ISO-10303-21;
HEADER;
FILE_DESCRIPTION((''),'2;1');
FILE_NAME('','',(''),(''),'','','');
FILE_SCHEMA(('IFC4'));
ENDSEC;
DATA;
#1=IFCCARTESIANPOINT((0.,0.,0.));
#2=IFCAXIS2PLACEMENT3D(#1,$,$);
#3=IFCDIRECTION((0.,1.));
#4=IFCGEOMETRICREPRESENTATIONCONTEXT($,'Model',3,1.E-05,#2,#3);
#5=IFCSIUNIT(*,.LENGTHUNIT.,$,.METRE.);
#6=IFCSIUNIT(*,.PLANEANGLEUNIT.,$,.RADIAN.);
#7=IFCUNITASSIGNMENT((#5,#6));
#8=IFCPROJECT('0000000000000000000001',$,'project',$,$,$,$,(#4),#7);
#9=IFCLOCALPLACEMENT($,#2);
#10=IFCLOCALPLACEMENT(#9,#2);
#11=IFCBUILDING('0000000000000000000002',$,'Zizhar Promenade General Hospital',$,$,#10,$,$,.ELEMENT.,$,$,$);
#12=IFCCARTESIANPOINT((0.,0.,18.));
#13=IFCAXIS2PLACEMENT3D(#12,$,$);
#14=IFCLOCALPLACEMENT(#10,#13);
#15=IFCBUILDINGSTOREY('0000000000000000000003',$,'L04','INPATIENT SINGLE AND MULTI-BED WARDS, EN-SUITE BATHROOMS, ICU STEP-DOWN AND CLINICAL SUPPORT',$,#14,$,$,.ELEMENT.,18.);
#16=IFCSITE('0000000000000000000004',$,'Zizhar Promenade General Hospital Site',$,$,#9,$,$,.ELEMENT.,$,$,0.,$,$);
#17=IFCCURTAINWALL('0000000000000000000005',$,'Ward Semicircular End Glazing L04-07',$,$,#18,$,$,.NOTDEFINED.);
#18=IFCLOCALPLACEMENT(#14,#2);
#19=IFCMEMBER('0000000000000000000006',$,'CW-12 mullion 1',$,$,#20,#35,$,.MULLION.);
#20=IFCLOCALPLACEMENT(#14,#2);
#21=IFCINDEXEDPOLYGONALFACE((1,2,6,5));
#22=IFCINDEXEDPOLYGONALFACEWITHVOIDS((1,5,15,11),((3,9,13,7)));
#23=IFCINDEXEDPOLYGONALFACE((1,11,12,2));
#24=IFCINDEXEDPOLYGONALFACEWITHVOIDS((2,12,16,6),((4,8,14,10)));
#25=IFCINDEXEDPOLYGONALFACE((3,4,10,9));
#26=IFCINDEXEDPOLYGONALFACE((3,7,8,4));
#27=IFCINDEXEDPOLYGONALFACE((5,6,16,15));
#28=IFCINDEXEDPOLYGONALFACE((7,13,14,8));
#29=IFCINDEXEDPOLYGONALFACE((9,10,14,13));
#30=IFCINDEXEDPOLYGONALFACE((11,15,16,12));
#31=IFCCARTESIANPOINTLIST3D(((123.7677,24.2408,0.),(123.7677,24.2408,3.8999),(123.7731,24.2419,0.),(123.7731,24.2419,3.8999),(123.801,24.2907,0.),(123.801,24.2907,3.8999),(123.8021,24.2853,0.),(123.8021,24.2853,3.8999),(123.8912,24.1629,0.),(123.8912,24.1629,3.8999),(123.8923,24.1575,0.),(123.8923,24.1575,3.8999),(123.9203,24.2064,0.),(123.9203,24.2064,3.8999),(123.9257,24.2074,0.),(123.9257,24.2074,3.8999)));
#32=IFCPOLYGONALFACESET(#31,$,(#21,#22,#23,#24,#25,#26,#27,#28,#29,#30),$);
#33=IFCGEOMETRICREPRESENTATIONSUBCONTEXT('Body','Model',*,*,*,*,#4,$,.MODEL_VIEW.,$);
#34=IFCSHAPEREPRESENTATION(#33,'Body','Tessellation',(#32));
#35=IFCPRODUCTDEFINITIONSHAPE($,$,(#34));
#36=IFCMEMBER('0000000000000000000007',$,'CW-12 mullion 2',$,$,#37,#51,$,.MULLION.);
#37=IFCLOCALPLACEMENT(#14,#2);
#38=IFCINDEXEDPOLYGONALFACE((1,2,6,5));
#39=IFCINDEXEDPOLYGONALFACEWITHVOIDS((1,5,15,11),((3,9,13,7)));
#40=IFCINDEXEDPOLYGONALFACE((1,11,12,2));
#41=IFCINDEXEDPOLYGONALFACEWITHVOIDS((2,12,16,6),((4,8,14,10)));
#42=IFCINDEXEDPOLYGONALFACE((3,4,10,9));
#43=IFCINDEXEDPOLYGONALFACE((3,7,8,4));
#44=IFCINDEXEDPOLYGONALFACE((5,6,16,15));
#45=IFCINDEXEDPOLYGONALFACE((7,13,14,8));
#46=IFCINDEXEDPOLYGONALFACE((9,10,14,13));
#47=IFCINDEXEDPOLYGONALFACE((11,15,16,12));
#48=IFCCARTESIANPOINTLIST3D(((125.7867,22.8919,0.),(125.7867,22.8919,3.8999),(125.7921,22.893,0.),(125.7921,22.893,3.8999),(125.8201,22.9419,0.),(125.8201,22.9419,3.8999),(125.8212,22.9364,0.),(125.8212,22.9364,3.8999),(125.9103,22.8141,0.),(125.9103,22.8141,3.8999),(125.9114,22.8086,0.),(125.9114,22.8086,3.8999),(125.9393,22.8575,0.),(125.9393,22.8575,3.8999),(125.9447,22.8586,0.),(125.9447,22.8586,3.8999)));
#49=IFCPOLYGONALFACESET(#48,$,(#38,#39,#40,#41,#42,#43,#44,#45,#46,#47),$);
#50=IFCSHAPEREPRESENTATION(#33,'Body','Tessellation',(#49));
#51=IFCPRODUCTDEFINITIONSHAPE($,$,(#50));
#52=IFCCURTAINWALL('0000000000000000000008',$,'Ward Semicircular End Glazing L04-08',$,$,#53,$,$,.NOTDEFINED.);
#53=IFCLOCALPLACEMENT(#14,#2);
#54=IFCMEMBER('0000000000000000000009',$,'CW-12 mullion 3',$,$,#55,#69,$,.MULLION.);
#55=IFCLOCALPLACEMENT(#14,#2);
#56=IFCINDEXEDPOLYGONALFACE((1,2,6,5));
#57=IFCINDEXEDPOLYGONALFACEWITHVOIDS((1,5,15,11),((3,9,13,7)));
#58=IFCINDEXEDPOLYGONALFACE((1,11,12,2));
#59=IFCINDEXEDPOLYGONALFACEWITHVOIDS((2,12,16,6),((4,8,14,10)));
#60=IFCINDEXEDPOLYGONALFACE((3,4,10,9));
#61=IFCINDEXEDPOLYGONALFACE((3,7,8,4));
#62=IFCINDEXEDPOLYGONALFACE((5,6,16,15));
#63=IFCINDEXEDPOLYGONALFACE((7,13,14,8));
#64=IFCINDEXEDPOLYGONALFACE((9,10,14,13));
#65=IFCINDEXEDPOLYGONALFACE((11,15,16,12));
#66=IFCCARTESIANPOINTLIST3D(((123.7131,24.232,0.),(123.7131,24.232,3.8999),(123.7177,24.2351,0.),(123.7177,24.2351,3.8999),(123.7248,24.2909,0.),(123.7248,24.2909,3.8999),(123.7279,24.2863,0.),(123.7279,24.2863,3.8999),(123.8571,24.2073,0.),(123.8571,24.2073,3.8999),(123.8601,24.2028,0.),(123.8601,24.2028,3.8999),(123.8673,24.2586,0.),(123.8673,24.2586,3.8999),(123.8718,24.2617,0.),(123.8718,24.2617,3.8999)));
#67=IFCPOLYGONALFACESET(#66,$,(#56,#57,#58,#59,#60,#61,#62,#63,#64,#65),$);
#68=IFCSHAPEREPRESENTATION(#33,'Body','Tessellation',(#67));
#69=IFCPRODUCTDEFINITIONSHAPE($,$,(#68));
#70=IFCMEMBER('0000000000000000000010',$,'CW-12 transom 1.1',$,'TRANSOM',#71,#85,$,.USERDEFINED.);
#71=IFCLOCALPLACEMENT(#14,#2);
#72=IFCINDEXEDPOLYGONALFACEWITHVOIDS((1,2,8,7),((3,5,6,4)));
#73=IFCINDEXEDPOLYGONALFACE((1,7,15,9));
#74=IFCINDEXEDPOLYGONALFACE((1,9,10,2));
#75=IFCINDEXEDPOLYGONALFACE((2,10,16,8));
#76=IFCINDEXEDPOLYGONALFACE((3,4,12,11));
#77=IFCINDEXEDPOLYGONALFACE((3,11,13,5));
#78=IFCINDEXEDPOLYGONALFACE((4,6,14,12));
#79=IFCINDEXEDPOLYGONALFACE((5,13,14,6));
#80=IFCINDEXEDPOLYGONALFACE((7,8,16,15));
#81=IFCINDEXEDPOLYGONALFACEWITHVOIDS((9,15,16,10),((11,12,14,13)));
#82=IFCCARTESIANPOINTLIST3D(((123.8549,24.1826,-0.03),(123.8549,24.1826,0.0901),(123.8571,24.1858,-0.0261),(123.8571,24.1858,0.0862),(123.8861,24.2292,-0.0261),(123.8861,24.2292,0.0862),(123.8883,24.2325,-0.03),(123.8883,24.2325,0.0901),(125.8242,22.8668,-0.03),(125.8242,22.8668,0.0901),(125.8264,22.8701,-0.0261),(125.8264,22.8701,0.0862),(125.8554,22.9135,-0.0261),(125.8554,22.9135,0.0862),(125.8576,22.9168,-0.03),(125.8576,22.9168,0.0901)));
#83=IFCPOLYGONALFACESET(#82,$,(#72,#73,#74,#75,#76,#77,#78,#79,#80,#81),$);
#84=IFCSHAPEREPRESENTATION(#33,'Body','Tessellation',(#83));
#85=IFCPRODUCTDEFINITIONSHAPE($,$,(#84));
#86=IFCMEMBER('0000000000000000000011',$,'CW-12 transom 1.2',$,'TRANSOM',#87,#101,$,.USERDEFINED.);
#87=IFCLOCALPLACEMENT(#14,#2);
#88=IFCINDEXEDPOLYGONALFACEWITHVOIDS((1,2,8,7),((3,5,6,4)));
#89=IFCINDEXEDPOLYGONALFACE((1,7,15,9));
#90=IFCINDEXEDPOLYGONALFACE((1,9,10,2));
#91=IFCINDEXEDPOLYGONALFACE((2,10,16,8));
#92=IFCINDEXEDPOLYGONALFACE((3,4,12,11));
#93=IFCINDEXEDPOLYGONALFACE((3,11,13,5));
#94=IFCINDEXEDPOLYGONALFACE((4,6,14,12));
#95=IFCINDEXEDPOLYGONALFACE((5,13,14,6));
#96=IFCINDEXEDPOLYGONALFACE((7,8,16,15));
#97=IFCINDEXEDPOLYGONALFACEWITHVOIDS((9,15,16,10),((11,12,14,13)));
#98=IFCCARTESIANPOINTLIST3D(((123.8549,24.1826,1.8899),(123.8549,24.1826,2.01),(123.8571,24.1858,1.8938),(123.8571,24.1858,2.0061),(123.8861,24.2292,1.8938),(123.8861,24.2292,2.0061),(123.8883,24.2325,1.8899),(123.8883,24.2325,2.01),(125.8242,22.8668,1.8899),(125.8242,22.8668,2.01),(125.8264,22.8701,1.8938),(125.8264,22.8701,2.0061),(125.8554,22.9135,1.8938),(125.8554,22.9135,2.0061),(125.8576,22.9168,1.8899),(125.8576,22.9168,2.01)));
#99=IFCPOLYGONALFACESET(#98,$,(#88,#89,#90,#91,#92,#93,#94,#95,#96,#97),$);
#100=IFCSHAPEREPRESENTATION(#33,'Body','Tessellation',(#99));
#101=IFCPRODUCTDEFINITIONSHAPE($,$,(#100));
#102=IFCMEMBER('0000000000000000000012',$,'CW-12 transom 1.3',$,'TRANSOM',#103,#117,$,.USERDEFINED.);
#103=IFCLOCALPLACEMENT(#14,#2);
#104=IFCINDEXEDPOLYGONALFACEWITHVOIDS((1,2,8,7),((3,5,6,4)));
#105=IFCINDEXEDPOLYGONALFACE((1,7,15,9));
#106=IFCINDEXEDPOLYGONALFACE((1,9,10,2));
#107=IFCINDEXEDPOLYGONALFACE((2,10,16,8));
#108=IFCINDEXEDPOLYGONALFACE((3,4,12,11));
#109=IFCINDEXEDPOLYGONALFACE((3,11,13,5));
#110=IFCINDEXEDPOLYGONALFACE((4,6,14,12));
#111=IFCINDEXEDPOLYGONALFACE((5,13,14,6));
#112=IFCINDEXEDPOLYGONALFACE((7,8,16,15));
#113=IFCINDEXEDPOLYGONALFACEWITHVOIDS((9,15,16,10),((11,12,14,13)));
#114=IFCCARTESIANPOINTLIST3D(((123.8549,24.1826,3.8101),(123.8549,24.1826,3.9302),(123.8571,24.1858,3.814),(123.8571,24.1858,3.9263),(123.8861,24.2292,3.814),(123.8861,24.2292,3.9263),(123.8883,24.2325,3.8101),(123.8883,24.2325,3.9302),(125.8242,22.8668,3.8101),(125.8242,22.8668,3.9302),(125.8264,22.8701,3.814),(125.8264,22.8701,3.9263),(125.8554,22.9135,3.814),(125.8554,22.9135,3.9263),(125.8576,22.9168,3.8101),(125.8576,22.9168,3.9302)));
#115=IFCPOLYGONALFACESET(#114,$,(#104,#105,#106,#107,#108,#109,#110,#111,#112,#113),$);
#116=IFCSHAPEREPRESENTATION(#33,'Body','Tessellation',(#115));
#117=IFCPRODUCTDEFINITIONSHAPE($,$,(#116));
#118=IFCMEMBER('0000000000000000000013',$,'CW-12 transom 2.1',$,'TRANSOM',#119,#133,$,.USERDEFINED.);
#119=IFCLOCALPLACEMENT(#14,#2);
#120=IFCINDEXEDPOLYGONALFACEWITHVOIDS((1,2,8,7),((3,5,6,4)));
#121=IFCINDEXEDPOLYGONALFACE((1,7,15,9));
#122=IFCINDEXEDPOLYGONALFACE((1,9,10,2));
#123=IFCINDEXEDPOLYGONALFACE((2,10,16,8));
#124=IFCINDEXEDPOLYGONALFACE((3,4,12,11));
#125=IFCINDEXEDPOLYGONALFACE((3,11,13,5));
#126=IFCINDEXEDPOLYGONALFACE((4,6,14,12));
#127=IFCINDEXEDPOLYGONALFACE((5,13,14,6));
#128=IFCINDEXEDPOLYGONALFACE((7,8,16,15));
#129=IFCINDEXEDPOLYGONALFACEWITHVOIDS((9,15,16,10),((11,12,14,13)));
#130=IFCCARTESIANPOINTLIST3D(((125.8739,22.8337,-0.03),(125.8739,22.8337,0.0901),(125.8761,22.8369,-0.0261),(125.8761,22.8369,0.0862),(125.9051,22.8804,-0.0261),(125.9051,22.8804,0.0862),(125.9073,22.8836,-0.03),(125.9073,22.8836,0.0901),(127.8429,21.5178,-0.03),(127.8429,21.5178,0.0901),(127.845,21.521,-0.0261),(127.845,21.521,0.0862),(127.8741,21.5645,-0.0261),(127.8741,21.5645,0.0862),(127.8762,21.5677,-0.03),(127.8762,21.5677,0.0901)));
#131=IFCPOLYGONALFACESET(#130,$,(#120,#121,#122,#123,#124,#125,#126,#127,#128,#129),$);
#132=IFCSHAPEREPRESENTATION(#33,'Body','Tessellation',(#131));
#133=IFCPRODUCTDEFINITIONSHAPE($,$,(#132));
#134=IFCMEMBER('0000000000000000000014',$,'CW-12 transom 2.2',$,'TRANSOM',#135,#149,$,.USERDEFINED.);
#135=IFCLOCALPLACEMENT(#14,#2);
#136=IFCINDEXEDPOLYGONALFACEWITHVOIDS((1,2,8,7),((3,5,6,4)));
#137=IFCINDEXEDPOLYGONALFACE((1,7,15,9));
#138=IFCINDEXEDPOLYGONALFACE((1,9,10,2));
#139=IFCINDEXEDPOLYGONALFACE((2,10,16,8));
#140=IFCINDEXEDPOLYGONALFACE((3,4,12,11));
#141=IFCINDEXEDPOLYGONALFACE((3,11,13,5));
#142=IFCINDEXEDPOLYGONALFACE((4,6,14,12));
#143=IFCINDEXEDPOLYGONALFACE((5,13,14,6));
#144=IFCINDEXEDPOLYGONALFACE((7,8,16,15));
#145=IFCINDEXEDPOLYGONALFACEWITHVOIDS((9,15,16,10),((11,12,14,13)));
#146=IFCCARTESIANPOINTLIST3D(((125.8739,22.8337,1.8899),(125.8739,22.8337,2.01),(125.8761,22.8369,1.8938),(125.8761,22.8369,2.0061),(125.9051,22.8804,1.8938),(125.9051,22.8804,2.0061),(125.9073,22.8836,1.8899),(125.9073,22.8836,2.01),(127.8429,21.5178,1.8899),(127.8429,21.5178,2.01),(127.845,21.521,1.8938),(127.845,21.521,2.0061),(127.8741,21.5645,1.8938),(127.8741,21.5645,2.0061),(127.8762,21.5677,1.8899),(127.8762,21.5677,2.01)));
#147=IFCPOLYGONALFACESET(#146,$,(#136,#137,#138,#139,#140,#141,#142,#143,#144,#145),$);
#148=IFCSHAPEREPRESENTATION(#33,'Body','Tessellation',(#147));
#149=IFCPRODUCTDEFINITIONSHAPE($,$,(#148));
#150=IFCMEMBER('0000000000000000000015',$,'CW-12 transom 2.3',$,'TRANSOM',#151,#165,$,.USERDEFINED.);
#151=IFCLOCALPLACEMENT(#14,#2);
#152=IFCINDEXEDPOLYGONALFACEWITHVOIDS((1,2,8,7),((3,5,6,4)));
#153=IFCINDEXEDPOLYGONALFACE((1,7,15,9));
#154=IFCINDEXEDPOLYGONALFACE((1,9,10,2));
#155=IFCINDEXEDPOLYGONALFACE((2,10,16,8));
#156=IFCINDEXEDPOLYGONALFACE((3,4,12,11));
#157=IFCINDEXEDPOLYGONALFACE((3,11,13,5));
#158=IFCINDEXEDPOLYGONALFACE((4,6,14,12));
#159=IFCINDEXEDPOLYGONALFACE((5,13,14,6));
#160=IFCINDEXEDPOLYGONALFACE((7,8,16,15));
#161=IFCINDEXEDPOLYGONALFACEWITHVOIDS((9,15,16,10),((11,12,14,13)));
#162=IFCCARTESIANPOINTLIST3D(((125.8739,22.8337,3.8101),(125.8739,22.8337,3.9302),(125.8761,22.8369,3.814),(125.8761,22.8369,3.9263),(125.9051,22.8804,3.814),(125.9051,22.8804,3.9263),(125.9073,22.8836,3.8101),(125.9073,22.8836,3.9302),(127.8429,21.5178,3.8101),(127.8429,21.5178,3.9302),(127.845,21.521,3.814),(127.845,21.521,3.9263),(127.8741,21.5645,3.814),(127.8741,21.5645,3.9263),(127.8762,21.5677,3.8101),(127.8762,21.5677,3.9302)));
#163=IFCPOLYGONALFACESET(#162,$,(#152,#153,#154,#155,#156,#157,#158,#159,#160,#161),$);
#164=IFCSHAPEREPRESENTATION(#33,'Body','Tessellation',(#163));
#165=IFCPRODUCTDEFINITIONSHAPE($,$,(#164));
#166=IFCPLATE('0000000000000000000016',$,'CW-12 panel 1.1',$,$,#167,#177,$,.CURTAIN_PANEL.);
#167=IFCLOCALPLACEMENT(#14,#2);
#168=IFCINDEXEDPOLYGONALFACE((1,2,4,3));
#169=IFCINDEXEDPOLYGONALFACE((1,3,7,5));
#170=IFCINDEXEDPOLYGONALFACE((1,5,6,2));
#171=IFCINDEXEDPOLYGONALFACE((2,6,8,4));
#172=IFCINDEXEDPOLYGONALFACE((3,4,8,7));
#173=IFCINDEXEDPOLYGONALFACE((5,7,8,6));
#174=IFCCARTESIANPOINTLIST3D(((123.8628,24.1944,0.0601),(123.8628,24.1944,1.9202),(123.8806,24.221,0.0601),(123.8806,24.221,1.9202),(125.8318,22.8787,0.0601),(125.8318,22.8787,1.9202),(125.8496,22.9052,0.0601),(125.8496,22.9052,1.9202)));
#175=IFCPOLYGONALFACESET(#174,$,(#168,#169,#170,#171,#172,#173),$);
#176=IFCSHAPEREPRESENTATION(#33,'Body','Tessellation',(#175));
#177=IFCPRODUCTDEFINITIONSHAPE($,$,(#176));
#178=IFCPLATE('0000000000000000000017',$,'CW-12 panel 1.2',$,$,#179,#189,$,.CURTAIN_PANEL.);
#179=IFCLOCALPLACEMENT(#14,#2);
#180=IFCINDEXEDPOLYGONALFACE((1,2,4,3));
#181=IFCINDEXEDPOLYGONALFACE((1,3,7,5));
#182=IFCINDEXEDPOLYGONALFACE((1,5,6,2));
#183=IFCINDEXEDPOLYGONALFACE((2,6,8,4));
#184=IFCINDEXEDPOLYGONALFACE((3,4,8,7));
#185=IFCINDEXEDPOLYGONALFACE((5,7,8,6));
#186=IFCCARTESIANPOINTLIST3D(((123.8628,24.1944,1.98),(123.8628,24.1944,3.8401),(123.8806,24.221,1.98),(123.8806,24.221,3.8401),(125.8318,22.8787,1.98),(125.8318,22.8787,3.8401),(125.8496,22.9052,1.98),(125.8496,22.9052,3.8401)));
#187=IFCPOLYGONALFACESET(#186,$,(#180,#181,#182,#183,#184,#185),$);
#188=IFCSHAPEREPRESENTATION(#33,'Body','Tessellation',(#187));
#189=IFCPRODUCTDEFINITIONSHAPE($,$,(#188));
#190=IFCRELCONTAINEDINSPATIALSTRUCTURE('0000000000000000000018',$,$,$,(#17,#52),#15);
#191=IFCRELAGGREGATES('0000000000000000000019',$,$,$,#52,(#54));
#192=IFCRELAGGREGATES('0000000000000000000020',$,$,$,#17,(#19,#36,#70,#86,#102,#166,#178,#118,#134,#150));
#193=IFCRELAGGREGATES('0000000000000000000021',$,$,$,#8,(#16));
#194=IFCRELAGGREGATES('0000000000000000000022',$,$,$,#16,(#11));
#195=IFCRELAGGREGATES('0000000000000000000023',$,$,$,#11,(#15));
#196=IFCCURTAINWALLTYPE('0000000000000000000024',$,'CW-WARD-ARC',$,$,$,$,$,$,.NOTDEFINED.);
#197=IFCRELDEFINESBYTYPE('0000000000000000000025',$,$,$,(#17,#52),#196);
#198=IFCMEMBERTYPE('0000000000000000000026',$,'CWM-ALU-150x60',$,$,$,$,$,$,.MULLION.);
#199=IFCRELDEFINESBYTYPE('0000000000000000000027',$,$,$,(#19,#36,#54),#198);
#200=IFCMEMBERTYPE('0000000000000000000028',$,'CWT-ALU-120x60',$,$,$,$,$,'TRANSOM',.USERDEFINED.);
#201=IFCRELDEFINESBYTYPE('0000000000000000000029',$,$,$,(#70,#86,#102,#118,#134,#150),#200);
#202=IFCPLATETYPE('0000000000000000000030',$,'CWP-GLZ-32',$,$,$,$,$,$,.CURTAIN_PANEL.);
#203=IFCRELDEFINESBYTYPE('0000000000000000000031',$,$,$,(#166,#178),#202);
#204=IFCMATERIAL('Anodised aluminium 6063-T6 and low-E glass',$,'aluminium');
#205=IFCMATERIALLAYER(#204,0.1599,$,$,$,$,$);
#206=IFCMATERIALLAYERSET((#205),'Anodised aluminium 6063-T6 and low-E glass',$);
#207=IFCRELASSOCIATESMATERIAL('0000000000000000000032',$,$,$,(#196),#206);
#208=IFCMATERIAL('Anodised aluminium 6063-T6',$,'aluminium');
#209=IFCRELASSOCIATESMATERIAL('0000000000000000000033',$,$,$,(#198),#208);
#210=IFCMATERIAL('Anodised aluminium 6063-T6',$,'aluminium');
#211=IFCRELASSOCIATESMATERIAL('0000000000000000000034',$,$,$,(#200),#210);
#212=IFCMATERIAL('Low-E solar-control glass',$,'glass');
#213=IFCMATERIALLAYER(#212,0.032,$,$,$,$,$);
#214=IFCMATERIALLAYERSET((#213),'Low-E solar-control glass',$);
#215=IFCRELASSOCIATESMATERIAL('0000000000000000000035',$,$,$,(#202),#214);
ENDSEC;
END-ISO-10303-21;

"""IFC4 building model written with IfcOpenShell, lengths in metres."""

from ifc_helpers import new_model, si_unit, direction, frame, origin, origin_2d, place, context, subcontext, project, spatial, rectangle, hollow_rectangle, extrude, material, layer, layer_set, material_profile, profile_set, type_object, element, aggregate, save


model = new_model("IFC4")

# Units and contexts
model_context = context("Model", 3, precision=1e-05, world=origin(), true_north=direction((0.0, 1.0)))
body_context = subcontext(model_context, "Body", "Model", "MODEL_VIEW")
ifc_project = project(units=[si_unit("LENGTHUNIT", "METRE"), si_unit("PLANEANGLEUNIT", "RADIAN")], contexts=[model_context])

# Site, building, storey
site_placement = place(None, origin())
site = spatial("IfcSite", under=ifc_project, at=site_placement, Name="Zizhar Promenade General Hospital Site", CompositionType="ELEMENT", RefElevation=0.0)
building_placement = place(site_placement, origin())
building = spatial("IfcBuilding", under=site, at=building_placement, Name="Zizhar Promenade General Hospital", CompositionType="ELEMENT")
storey_placement = place(building_placement, frame((0.0, 0.0, 18.0)))
storey = spatial("IfcBuildingStorey", under=building, at=storey_placement, Name="L04", Description="INPATIENT SINGLE AND MULTI-BED WARDS, EN-SUITE BATHROOMS, ICU STEP-DOWN AND CLINICAL SUPPORT", CompositionType="ELEMENT", Elevation=18.0)

# Curtain wall, members
ifc_material_1 = material(Name="Anodised aluminium 6063-T6 and low-E glass", Category="aluminium")
ifc_layer_1 = layer(ifc_material_1, 0.1599)
ifc_layer_set_1 = layer_set([ifc_layer_1], Name="Anodised aluminium 6063-T6 and low-E glass")
curtain_wall_type = type_object("IfcCurtainWallType", Name="CW-WARD-ARC", PredefinedType="NOTDEFINED", material=ifc_layer_set_1)
curtain_wall_1_placement = place(storey_placement, origin())
curtain_wall_1 = element("IfcCurtainWall", 1, at=curtain_wall_1_placement, inside=storey, type_object=curtain_wall_type, Name="Ward Semicircular End Glazing L04-07", PredefinedType="NOTDEFINED")
ifc_material_2 = material(Name="Anodised aluminium 6063-T6", Category="aluminium")
ifc_material_profile_1 = material_profile(ifc_material_2, hollow_rectangle(XDim=0.0601, YDim=0.1499, WallThickness=0.0039, at=origin_2d()))
ifc_profile_set_1 = profile_set([ifc_material_profile_1], Name="Anodised aluminium 6063-T6")
member_type_1 = type_object("IfcMemberType", Name="CWM-ALU-150x60", PredefinedType="MULLION", material=ifc_profile_set_1)
member_1_placement = place(storey_placement, frame((123.8467, 24.2241, 0.0), z_axis=(0.0, 0.0, 1.0), x_axis=(0.555582, 0.831462, 0.0)))
member_1 = element("IfcMember", 2, at=member_1_placement, type_object=member_type_1, Name="CW-12 mullion 1", PredefinedType="MULLION", context=body_context, shape_type="SweptSolid", body=[
    extrude(hollow_rectangle(XDim=0.0601, YDim=0.1499, WallThickness=0.0039, at=origin_2d()), origin(), (0.0, 0.0, 1.0), 3.8999),
])
member_2_placement = place(storey_placement, frame((125.8657, 22.8752, 0.0), z_axis=(0.0, 0.0, 1.0), x_axis=(0.555582, 0.831462, 0.0)))
member_2 = element("IfcMember", 3, at=member_2_placement, type_object=member_type_1, Name="CW-12 mullion 2", PredefinedType="MULLION", context=body_context, shape_type="SweptSolid", body=[
    extrude(hollow_rectangle(XDim=0.0601, YDim=0.1499, WallThickness=0.0039, at=origin_2d()), origin(), (0.0, 0.0, 1.0), 3.8999),
])

# Curtain wall, member
curtain_wall_2_placement = place(storey_placement, origin())
curtain_wall_2 = element("IfcCurtainWall", 4, at=curtain_wall_2_placement, inside=storey, type_object=curtain_wall_type, Name="Ward Semicircular End Glazing L04-08", PredefinedType="NOTDEFINED")
member_3_placement = place(storey_placement, frame((123.7925, 24.2468, 0.0), z_axis=(0.0, 0.0, 1.0), x_axis=(0.195087, 0.980786, 0.0)))
member_3 = element("IfcMember", 5, at=member_3_placement, type_object=member_type_1, Name="CW-12 mullion 3", PredefinedType="MULLION", context=body_context, shape_type="SweptSolid", body=[
    extrude(hollow_rectangle(XDim=0.0601, YDim=0.1499, WallThickness=0.0039, at=origin_2d()), origin(), (0.0, 0.0, 1.0), 3.8999),
])
aggregate(curtain_wall_2, [member_3])

# Members
ifc_material_3 = material(Name="Anodised aluminium 6063-T6", Category="aluminium")
ifc_material_profile_2 = material_profile(ifc_material_3, hollow_rectangle(XDim=0.0601, YDim=0.1201, WallThickness=0.0039, at=origin_2d()))
ifc_profile_set_2 = profile_set([ifc_material_profile_2], Name="Anodised aluminium 6063-T6")
member_type_2 = type_object("IfcMemberType", Name="CWT-ALU-120x60", ElementType="TRANSOM", PredefinedType="USERDEFINED", material=ifc_profile_set_2)
member_4_placement = place(storey_placement, frame((123.8716, 24.2075, 0.03), z_axis=(0.831495, -0.555533, 0.0), x_axis=(0.555533, 0.831495, 0.0)))
member_4 = element("IfcMember", 6, at=member_4_placement, type_object=member_type_2, Name="CW-12 transom 1.1", ObjectType="TRANSOM", PredefinedType="USERDEFINED", context=body_context, shape_type="SweptSolid", body=[
    extrude(hollow_rectangle(XDim=0.0601, YDim=0.1201, WallThickness=0.0039, at=origin_2d()), origin(), (0.0, 0.0, 1.0), 2.3684),
])
member_5_placement = place(storey_placement, frame((123.8716, 24.2075, 1.95), z_axis=(0.831495, -0.555533, 0.0), x_axis=(0.555533, 0.831495, 0.0)))
member_5 = element("IfcMember", 7, at=member_5_placement, type_object=member_type_2, Name="CW-12 transom 1.2", ObjectType="TRANSOM", PredefinedType="USERDEFINED", context=body_context, shape_type="SweptSolid", body=[
    extrude(hollow_rectangle(XDim=0.0601, YDim=0.1201, WallThickness=0.0039, at=origin_2d()), origin(), (0.0, 0.0, 1.0), 2.3684),
])
member_6_placement = place(storey_placement, frame((123.8716, 24.2075, 3.8701), z_axis=(0.831495, -0.555533, 0.0), x_axis=(0.555533, 0.831495, 0.0)))
member_6 = element("IfcMember", 8, at=member_6_placement, type_object=member_type_2, Name="CW-12 transom 1.3", ObjectType="TRANSOM", PredefinedType="USERDEFINED", context=body_context, shape_type="SweptSolid", body=[
    extrude(hollow_rectangle(XDim=0.0601, YDim=0.1201, WallThickness=0.0039, at=origin_2d()), origin(), (0.0, 0.0, 1.0), 2.3684),
])
member_7_placement = place(storey_placement, frame((125.8906, 22.8586, 0.03), z_axis=(0.831415, -0.555651, 0.0), x_axis=(0.555651, 0.831415, 0.0)))
member_7 = element("IfcMember", 9, at=member_7_placement, type_object=member_type_2, Name="CW-12 transom 2.1", ObjectType="TRANSOM", PredefinedType="USERDEFINED", context=body_context, shape_type="SweptSolid", body=[
    extrude(hollow_rectangle(XDim=0.0601, YDim=0.1201, WallThickness=0.0039, at=origin_2d()), origin(), (0.0, 0.0, 1.0), 2.3682),
])
member_8_placement = place(storey_placement, frame((125.8906, 22.8586, 1.95), z_axis=(0.831415, -0.555651, 0.0), x_axis=(0.555651, 0.831415, 0.0)))
member_8 = element("IfcMember", 10, at=member_8_placement, type_object=member_type_2, Name="CW-12 transom 2.2", ObjectType="TRANSOM", PredefinedType="USERDEFINED", context=body_context, shape_type="SweptSolid", body=[
    extrude(hollow_rectangle(XDim=0.0601, YDim=0.1201, WallThickness=0.0039, at=origin_2d()), origin(), (0.0, 0.0, 1.0), 2.3682),
])
member_9_placement = place(storey_placement, frame((125.8906, 22.8586, 3.8701), z_axis=(0.831415, -0.555651, 0.0), x_axis=(0.555651, 0.831415, 0.0)))
member_9 = element("IfcMember", 11, at=member_9_placement, type_object=member_type_2, Name="CW-12 transom 2.3", ObjectType="TRANSOM", PredefinedType="USERDEFINED", context=body_context, shape_type="SweptSolid", body=[
    extrude(hollow_rectangle(XDim=0.0601, YDim=0.1201, WallThickness=0.0039, at=origin_2d()), origin(), (0.0, 0.0, 1.0), 2.3682),
])

# Plates
ifc_material_4 = material(Name="Low-E solar-control glass", Category="glass")
ifc_layer_2 = layer(ifc_material_4, 0.032)
ifc_layer_set_2 = layer_set([ifc_layer_2], Name="Low-E solar-control glass")
plate_type = type_object("IfcPlateType", Name="CWP-GLZ-32", PredefinedType="CURTAIN_PANEL", material=ifc_layer_set_2)
plate_1_placement = place(storey_placement, frame((124.8562, 23.5498, 0.0601), z_axis=(0.0, 0.0, 1.0), x_axis=(0.831462, -0.555582, 0.0)))
plate_1 = element("IfcPlate", 12, at=plate_1_placement, type_object=plate_type, Name="CW-12 panel 1.1", PredefinedType="CURTAIN_PANEL", context=body_context, shape_type="SweptSolid", body=[
    extrude(rectangle(XDim=2.3682, YDim=0.032, at=origin_2d()), origin(), (0.0, 0.0, 1.0), 1.8601),
])
plate_2_placement = place(storey_placement, frame((124.8562, 23.5498, 1.98), z_axis=(0.0, 0.0, 1.0), x_axis=(0.831462, -0.555582, 0.0)))
plate_2 = element("IfcPlate", 13, at=plate_2_placement, type_object=plate_type, Name="CW-12 panel 1.2", PredefinedType="CURTAIN_PANEL", context=body_context, shape_type="SweptSolid", body=[
    extrude(rectangle(XDim=2.3682, YDim=0.032, at=origin_2d()), origin(), (0.0, 0.0, 1.0), 1.8601),
])
aggregate(curtain_wall_1, [member_1, member_2, member_4, member_5, member_6, plate_1, plate_2, member_7, member_8, member_9])

save(model, "model.ifc")
